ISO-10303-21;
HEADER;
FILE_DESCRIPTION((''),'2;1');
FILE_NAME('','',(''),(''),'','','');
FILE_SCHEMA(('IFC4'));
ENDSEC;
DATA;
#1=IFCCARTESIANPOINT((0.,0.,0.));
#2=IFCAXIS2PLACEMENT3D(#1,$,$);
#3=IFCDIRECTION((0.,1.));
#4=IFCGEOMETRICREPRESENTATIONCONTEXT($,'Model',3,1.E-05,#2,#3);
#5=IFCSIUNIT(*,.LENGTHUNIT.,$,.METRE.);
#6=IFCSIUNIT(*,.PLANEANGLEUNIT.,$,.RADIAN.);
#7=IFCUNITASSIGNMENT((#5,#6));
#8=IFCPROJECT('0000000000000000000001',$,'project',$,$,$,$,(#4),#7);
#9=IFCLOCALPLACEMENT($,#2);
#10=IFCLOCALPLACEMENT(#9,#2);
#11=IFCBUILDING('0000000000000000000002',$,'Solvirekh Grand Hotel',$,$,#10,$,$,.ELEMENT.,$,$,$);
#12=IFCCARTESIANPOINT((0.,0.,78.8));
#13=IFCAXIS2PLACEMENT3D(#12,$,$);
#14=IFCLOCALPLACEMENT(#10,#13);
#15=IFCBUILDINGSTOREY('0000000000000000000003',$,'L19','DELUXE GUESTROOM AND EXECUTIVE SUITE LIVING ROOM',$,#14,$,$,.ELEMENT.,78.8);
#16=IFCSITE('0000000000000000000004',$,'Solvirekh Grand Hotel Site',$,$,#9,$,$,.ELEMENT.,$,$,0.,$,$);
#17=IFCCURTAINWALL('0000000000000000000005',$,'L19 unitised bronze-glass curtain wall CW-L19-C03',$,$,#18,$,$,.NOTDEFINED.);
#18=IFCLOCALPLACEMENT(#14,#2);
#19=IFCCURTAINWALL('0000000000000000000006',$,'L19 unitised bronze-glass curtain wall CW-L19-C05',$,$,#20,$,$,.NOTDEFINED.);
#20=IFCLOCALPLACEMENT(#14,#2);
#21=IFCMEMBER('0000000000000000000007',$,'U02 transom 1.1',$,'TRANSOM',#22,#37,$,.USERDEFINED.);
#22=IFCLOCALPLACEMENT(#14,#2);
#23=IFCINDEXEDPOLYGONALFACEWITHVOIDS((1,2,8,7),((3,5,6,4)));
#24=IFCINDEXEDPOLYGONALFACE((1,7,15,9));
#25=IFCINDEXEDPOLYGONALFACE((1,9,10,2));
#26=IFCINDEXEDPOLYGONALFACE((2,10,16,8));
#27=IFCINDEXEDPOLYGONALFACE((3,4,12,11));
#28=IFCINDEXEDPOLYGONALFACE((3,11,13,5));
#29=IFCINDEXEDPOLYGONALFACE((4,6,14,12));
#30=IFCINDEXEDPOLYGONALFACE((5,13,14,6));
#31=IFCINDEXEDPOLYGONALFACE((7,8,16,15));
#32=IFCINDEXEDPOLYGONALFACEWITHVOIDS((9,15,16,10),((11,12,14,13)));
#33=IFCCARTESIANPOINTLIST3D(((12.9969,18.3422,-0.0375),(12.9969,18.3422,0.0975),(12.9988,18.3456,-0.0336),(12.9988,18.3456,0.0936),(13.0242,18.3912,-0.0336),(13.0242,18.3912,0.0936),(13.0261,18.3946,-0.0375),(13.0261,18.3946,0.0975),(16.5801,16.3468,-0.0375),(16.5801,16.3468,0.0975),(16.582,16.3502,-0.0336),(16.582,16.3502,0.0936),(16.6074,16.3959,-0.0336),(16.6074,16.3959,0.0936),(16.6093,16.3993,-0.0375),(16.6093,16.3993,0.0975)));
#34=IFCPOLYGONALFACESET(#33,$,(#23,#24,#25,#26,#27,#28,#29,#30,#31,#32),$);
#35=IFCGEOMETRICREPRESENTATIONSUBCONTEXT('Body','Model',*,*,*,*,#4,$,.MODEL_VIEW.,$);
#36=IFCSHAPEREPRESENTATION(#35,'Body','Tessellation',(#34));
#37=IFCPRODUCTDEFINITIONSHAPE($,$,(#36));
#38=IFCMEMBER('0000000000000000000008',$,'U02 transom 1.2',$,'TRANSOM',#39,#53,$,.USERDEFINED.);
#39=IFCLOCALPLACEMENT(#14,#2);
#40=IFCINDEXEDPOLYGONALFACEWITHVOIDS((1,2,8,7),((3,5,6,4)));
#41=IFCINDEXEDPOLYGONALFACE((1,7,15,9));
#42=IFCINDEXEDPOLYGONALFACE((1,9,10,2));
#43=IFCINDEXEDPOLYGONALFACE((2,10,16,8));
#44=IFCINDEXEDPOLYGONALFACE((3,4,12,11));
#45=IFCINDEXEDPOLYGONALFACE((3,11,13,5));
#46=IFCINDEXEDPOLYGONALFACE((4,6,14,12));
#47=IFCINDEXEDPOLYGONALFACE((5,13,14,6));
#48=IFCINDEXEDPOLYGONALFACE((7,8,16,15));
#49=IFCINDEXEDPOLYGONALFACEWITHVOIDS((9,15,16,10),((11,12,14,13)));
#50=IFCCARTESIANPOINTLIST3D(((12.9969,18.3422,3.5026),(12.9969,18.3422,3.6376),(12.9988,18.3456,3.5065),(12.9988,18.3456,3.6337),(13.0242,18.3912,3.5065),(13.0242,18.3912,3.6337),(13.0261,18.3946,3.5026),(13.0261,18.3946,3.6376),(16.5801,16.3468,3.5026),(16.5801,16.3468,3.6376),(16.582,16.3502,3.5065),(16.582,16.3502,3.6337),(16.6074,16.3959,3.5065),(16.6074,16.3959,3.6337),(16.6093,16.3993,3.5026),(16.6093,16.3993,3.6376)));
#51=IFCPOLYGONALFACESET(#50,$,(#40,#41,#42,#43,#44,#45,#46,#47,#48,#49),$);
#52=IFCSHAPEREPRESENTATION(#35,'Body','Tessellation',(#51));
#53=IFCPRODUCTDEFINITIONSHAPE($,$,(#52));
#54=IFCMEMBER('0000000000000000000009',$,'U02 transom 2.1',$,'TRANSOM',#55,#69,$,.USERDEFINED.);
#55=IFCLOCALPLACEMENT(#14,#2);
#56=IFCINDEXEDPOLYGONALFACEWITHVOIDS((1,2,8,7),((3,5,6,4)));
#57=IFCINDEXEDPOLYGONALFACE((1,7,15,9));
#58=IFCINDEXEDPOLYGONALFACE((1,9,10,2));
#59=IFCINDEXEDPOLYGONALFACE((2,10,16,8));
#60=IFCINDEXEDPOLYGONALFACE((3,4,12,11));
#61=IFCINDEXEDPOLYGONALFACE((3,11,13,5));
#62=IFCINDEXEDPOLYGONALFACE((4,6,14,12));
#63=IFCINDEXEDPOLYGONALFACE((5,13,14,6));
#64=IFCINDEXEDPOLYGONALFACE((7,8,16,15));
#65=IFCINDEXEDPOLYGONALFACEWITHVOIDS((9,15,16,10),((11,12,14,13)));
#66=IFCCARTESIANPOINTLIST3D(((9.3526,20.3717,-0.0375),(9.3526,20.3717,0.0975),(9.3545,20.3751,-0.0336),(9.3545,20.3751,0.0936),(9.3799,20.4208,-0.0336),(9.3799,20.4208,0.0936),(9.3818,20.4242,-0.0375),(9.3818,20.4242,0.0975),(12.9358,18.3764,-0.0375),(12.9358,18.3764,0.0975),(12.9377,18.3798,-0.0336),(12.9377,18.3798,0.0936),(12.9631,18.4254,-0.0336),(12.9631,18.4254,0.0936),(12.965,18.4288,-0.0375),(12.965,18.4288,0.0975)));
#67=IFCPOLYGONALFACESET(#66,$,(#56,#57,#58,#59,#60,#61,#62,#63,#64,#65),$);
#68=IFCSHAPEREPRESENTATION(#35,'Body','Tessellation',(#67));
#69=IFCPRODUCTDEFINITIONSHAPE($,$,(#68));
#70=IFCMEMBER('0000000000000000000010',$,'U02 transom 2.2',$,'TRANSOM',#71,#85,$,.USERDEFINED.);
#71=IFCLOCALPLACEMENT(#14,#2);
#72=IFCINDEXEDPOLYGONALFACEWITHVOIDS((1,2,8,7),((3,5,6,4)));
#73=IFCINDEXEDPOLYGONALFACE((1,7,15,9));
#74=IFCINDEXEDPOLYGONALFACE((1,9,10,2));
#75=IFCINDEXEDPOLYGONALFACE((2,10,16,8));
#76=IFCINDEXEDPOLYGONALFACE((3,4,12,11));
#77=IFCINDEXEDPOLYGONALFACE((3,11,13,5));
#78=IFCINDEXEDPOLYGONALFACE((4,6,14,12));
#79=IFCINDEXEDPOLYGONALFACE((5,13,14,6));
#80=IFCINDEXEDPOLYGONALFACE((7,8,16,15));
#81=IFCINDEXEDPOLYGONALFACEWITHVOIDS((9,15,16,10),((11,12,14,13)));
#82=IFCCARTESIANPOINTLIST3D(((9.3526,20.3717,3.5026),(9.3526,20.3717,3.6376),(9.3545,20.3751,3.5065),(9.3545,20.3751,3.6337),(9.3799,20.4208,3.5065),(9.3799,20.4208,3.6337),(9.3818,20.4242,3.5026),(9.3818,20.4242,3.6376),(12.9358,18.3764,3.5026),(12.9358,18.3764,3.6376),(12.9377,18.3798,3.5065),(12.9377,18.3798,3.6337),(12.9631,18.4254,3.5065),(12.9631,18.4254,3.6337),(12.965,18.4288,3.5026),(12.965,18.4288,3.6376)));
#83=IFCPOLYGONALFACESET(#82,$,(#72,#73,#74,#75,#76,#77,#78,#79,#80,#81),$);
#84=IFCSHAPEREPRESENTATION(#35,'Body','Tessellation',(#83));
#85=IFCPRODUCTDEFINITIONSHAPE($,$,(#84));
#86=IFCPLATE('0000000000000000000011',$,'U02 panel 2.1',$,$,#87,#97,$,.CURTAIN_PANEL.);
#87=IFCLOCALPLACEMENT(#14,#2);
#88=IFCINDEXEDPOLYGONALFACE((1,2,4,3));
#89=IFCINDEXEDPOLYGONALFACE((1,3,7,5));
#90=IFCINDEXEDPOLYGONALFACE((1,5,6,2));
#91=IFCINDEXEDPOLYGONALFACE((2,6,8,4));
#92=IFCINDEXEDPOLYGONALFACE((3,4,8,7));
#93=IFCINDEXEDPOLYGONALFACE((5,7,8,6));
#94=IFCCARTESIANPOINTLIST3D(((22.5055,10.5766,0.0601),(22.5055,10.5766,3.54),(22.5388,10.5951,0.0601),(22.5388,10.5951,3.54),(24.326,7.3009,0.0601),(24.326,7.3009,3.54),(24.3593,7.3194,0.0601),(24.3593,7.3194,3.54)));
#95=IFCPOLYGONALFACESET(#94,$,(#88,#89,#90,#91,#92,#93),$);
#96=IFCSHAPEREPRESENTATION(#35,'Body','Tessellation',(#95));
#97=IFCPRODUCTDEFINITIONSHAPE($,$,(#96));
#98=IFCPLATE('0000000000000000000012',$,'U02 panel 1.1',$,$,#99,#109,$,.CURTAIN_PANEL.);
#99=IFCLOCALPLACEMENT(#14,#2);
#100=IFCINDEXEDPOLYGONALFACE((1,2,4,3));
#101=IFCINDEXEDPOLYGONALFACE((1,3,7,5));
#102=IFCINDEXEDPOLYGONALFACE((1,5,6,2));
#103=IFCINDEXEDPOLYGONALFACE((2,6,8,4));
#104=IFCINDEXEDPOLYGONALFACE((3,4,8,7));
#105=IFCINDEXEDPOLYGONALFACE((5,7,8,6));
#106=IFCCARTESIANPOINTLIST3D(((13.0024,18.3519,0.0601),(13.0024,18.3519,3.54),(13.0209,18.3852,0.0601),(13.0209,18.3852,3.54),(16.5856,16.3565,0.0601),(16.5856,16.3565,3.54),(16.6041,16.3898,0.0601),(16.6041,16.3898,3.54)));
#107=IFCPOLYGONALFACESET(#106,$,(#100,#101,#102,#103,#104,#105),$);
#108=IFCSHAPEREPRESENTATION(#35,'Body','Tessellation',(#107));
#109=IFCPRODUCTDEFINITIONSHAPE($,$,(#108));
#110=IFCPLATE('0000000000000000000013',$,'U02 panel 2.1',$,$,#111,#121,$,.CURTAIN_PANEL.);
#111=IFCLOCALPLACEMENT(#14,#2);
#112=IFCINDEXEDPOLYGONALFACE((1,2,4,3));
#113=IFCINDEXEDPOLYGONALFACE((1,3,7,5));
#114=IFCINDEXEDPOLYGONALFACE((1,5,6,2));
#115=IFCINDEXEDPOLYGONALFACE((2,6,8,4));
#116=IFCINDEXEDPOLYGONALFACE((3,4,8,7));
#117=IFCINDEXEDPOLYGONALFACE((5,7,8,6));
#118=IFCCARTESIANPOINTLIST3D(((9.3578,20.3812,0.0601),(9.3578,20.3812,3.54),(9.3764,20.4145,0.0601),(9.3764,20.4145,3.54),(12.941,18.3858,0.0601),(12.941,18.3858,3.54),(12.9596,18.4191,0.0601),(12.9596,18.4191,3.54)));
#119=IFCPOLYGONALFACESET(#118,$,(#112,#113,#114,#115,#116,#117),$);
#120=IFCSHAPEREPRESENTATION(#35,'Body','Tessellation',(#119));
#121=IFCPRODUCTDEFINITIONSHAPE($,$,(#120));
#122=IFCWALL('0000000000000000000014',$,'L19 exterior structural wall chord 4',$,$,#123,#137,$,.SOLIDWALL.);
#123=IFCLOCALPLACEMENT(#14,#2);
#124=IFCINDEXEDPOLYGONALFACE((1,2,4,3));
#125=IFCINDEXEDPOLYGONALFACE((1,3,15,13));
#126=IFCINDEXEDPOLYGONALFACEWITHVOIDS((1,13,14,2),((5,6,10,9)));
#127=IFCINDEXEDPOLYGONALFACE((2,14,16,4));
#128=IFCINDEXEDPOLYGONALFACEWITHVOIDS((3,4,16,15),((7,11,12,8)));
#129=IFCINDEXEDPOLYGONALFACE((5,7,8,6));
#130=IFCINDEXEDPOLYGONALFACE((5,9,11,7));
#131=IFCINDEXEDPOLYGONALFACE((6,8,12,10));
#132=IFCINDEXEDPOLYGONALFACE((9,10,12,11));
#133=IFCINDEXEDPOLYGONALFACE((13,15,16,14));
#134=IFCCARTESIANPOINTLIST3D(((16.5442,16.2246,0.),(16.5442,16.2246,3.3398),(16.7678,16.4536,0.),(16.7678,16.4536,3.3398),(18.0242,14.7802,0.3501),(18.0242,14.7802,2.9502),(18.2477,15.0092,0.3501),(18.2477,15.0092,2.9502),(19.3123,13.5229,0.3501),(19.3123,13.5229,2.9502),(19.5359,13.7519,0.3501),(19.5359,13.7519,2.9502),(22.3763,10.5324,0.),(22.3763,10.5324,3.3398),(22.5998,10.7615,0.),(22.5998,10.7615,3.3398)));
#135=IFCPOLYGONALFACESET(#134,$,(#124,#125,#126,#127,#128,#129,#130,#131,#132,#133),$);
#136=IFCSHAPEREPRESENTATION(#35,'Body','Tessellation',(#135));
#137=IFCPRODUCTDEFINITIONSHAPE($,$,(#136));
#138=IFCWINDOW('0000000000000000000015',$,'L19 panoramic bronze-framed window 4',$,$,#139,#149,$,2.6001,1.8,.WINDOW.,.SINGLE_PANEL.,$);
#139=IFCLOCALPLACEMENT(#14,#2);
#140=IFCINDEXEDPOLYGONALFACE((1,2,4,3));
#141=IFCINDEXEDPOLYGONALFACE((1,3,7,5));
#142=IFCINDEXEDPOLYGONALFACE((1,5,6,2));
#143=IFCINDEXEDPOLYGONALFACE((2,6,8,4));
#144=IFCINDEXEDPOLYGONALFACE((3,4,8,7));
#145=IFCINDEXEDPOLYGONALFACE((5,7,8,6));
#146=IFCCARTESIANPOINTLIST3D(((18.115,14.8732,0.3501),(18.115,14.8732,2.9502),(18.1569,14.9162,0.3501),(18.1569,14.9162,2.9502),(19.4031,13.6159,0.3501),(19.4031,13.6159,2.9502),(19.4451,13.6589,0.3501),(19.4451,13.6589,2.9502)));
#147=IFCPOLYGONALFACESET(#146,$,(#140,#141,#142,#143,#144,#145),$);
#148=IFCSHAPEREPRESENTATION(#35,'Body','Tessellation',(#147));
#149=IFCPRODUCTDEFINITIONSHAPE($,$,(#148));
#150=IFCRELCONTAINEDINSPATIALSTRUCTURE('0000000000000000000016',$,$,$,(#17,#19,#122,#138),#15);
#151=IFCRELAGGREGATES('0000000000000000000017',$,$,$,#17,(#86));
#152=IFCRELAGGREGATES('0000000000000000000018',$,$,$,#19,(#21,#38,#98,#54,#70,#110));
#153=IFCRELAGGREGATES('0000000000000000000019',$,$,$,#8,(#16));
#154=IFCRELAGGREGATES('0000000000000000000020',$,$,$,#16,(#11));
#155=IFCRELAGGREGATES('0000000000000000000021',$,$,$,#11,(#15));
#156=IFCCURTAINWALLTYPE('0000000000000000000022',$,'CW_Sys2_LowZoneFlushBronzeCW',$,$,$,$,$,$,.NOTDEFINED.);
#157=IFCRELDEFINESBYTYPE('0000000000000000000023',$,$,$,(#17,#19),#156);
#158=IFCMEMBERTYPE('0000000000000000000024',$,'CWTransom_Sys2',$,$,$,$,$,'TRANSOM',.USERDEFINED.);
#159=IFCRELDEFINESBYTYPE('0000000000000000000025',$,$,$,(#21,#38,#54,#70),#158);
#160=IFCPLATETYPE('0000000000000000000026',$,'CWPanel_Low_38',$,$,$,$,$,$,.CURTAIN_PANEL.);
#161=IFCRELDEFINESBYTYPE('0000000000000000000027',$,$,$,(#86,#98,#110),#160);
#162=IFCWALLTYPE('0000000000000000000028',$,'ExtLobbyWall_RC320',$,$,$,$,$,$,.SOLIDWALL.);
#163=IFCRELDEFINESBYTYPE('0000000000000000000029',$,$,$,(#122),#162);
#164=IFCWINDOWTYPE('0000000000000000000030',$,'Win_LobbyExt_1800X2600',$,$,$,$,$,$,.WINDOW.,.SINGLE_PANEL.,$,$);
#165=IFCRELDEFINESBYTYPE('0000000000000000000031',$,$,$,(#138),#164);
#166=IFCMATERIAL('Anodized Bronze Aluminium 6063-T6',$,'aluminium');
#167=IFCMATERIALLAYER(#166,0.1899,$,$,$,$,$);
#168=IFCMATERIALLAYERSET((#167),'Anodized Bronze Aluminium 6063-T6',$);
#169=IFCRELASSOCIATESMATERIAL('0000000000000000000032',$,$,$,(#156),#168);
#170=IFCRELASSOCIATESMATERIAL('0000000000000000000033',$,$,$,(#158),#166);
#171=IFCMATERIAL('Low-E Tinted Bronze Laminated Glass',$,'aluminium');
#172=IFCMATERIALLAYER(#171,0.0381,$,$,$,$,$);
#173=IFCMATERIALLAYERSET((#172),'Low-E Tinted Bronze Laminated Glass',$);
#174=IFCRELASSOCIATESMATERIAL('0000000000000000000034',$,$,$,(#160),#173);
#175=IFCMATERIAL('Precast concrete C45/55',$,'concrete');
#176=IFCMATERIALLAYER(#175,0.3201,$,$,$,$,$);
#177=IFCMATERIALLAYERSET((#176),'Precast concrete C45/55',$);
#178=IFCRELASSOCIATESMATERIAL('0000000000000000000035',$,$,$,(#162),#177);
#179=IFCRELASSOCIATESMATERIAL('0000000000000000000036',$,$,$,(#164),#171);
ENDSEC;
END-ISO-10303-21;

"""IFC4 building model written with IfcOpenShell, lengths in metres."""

from ifc_helpers import new_model, si_unit, direction, frame, frame_2d, origin, origin_2d, place, context, subcontext, project, spatial, rectangle, hollow_rectangle, extrude, source, transform, mapped, material, layer, layer_set, material_profile, profile_set, type_object, element, fill, aggregate, save


model = new_model("IFC4")

# Units and contexts
model_context = context("Model", 3, precision=1e-05, world=origin(), true_north=direction((0.0, 1.0)))
body_context = subcontext(model_context, "Body", "Model", "MODEL_VIEW")
ifc_project = project(units=[si_unit("LENGTHUNIT", "METRE"), si_unit("PLANEANGLEUNIT", "RADIAN")], contexts=[model_context])

# Site, building, storey
site_placement = place(None, origin())
site = spatial("IfcSite", under=ifc_project, at=site_placement, Name="Solvirekh Grand Hotel Site", CompositionType="ELEMENT", RefElevation=0.0)
building_placement = place(site_placement, origin())
building = spatial("IfcBuilding", under=site, at=building_placement, Name="Solvirekh Grand Hotel", CompositionType="ELEMENT")
storey_placement = place(building_placement, frame((0.0, 0.0, 78.8)))
storey = spatial("IfcBuildingStorey", under=building, at=storey_placement, Name="L19", Description="DELUXE GUESTROOM AND EXECUTIVE SUITE LIVING ROOM", CompositionType="ELEMENT", Elevation=78.8)

# Curtain walls, members
ifc_material_1 = material(Name="Anodized Bronze Aluminium 6063-T6", Category="aluminium")
ifc_layer_1 = layer(ifc_material_1, 0.1899)
ifc_layer_set_1 = layer_set([ifc_layer_1], Name="Anodized Bronze Aluminium 6063-T6")
curtain_wall_type = type_object("IfcCurtainWallType", Name="CW_Sys2_LowZoneFlushBronzeCW", PredefinedType="NOTDEFINED", material=ifc_layer_set_1)
curtain_wall_1_placement = place(storey_placement, origin())
curtain_wall_1 = element("IfcCurtainWall", 1, at=curtain_wall_1_placement, inside=storey, type_object=curtain_wall_type, Name="L19 unitised bronze-glass curtain wall CW-L19-C03", PredefinedType="NOTDEFINED")
ifc_material_profile_1 = material_profile(ifc_material_1, hollow_rectangle(XDim=0.0601, YDim=0.135, WallThickness=0.0039, at=origin_2d()), Name="ALU RHS 135X60X4")
ifc_profile_set_1 = profile_set([ifc_material_profile_1], Name="Anodized Bronze Aluminium 6063-T6")
member_type_1 = type_object("IfcMemberType", Name="CWTransom_Sys2", ElementType="TRANSOM", PredefinedType="USERDEFINED", material=ifc_profile_set_1)
curtain_wall_2_placement = place(storey_placement, origin())
curtain_wall_2 = element("IfcCurtainWall", 2, at=curtain_wall_2_placement, inside=storey, type_object=curtain_wall_type, Name="L19 unitised bronze-glass curtain wall CW-L19-C05", PredefinedType="NOTDEFINED")
shared_shape_1 = source(origin(), body_context, "Body", "SweptSolid", [
    extrude(hollow_rectangle(XDim=0.0601, YDim=0.135, WallThickness=0.0039, at=origin_2d()), origin(), (0.0, 0.0, 1.0), 4.1013),
])
member_1_placement = place(storey_placement, frame((16.5947, 16.373, 0.03), z_axis=(-0.873674, 0.486512, 0.0), x_axis=(-0.486512, -0.873674, 0.0)))
member_1 = element("IfcMember", 3, at=member_1_placement, type_object=member_type_1, Name="U02 transom 1.1", ObjectType="TRANSOM", PredefinedType="USERDEFINED", context=body_context, shape_type="MappedRepresentation", body=[
    mapped(shared_shape_1, transform((0.0, 0.0, 0.0), x_axis=(1.0, 0.0, 0.0), y_axis=(0.0, 1.0, 0.0), z_axis=(0.0, 0.0, 1.0), scale=1.0)),
])
member_2_placement = place(storey_placement, frame((16.5947, 16.373, 3.5701), z_axis=(-0.873674, 0.486512, 0.0), x_axis=(-0.486512, -0.873674, 0.0)))
member_2 = element("IfcMember", 4, at=member_2_placement, type_object=member_type_1, Name="U02 transom 1.2", ObjectType="TRANSOM", PredefinedType="USERDEFINED", context=body_context, shape_type="MappedRepresentation", body=[
    mapped(shared_shape_1, transform((0.0, 0.0, 0.0), x_axis=(1.0, 0.0, 0.0), y_axis=(0.0, 1.0, 0.0), z_axis=(0.0, 0.0, 1.0), scale=1.0)),
])
member_3_placement = place(storey_placement, frame((12.9504, 18.4026, 0.03), z_axis=(-0.873674, 0.486512, 0.0), x_axis=(-0.486512, -0.873674, 0.0)))
member_3 = element("IfcMember", 5, at=member_3_placement, type_object=member_type_1, Name="U02 transom 2.1", ObjectType="TRANSOM", PredefinedType="USERDEFINED", context=body_context, shape_type="MappedRepresentation", body=[
    mapped(shared_shape_1, transform((0.0, 0.0, 0.0), x_axis=(1.0, 0.0, 0.0), y_axis=(0.0, 1.0, 0.0), z_axis=(0.0, 0.0, 1.0), scale=1.0)),
])
member_4_placement = place(storey_placement, frame((12.9504, 18.4026, 3.5701), z_axis=(-0.873674, 0.486512, 0.0), x_axis=(-0.486512, -0.873674, 0.0)))
member_4 = element("IfcMember", 6, at=member_4_placement, type_object=member_type_1, Name="U02 transom 2.2", ObjectType="TRANSOM", PredefinedType="USERDEFINED", context=body_context, shape_type="MappedRepresentation", body=[
    mapped(shared_shape_1, transform((0.0, 0.0, 0.0), x_axis=(1.0, 0.0, 0.0), y_axis=(0.0, 1.0, 0.0), z_axis=(0.0, 0.0, 1.0), scale=1.0)),
])

# Plates
ifc_material_2 = material(Name="Low-E Tinted Bronze Laminated Glass", Category="aluminium")
ifc_layer_2 = layer(ifc_material_2, 0.0381)
ifc_layer_set_2 = layer_set([ifc_layer_2], Name="Low-E Tinted Bronze Laminated Glass")
plate_type = type_object("IfcPlateType", Name="CWPanel_Low_38", PredefinedType="CURTAIN_PANEL", material=ifc_layer_set_2)
shared_shape_2 = source(origin(), body_context, "Body", "SweptSolid", [
    extrude(rectangle(XDim=3.7476, YDim=0.0381, at=origin_2d()), origin(), (0.0, 0.0, 1.0), 3.48),
])
plate_1_placement = place(storey_placement, frame((23.4324, 8.948, 0.0601), z_axis=(0.0, 0.0, 1.0), x_axis=(-0.485775, 0.874084, 0.0)))
plate_1 = element("IfcPlate", 7, at=plate_1_placement, type_object=plate_type, Name="U02 panel 2.1", PredefinedType="CURTAIN_PANEL", context=body_context, shape_type="MappedRepresentation", body=[
    mapped(shared_shape_2, transform((0.0, 0.0, 0.0), x_axis=(1.0, 0.0, 0.0), y_axis=(0.0, 1.0, 0.0), z_axis=(0.0, 0.0, 1.0), scale=1.0)),
])
aggregate(curtain_wall_1, [plate_1])
shared_shape_3 = source(origin(), body_context, "Body", "SweptSolid", [
    extrude(rectangle(XDim=4.1013, YDim=0.0381, at=origin_2d()), origin(), (0.0, 0.0, 1.0), 3.48),
])
plate_2_placement = place(storey_placement, frame((14.8032, 17.3708, 0.0601), z_axis=(0.0, 0.0, 1.0), x_axis=(-0.873669, 0.486521, 0.0)))
plate_2 = element("IfcPlate", 8, at=plate_2_placement, type_object=plate_type, Name="U02 panel 1.1", PredefinedType="CURTAIN_PANEL", context=body_context, shape_type="MappedRepresentation", body=[
    mapped(shared_shape_3, transform((0.0, 0.0, 0.0), x_axis=(1.0, 0.0, 0.0), y_axis=(0.0, 1.0, 0.0), z_axis=(0.0, 0.0, 1.0), scale=1.0)),
])
plate_3_placement = place(storey_placement, frame((11.1587, 19.4001, 0.0601), z_axis=(0.0, 0.0, 1.0), x_axis=(-0.873669, 0.486521, 0.0)))
plate_3 = element("IfcPlate", 9, at=plate_3_placement, type_object=plate_type, Name="U02 panel 2.1", PredefinedType="CURTAIN_PANEL", context=body_context, shape_type="MappedRepresentation", body=[
    mapped(shared_shape_3, transform((0.0, 0.0, 0.0), x_axis=(1.0, 0.0, 0.0), y_axis=(0.0, 1.0, 0.0), z_axis=(0.0, 0.0, 1.0), scale=1.0)),
])
aggregate(curtain_wall_2, [member_1, member_2, plate_2, member_3, member_4, plate_3])

# Wall, opening, window
ifc_material_3 = material(Name="Precast concrete C45/55", Category="concrete")
ifc_layer_3 = layer(ifc_material_3, 0.3201)
ifc_layer_set_3 = layer_set([ifc_layer_3], Name="Precast concrete C45/55")
wall_type_1 = type_object("IfcWallType", Name="ExtLobbyWall_RC320", PredefinedType="SOLIDWALL", material=ifc_layer_set_3)
wall_1_placement = place(storey_placement, frame((16.656, 16.3391, 0.0), z_axis=(0.0, 0.0, 1.0), x_axis=(0.715638, -0.698472, 0.0)))
wall_1 = element("IfcWall", 10, at=wall_1_placement, inside=storey, type_object=wall_type_1, Name="L19 exterior structural wall chord 4", PredefinedType="SOLIDWALL", context=body_context, shape_type="SweptSolid", body=[
    extrude(rectangle(XDim=8.1494, YDim=0.3201, at=frame_2d((4.0747, 0.0))), origin(), (0.0, 0.0, 1.0), 3.3398),
])
opening_1_placement = place(wall_1_placement, frame((2.0681, 0.0, 0.3501)))
opening_1 = element("IfcOpeningElement", 11, at=opening_1_placement, cuts=wall_1, PredefinedType="OPENING", context=body_context, shape_type="SweptSolid", body=[
    extrude(rectangle(XDim=1.8, YDim=2.6001, at=frame_2d((0.8999, 1.3))), frame((0.0, 0.1699, 0.0), z_axis=(0.0, -1.0, 0.0), x_axis=(1.0, 0.0, 0.0)), (0.0, 0.0, 1.0), 0.3401),
])
window_type = type_object("IfcWindowType", Name="Win_LobbyExt_1800X2600", PartitioningType="SINGLE_PANEL", PredefinedType="WINDOW", material=ifc_material_2)
window_placement = place(opening_1_placement, origin())
window = element("IfcWindow", 12, at=window_placement, inside=storey, type_object=window_type, Name="L19 panoramic bronze-framed window 4", OverallHeight=2.6001, OverallWidth=1.8, PartitioningType="SINGLE_PANEL", PredefinedType="WINDOW", context=body_context, shape_type="SweptSolid", body=[
    extrude(rectangle(XDim=1.8, YDim=2.6001, at=frame_2d((0.8999, 1.3))), frame((0.0, 0.03, 0.0), z_axis=(0.0, -1.0, 0.0), x_axis=(1.0, 0.0, 0.0)), (0.0, 0.0, 1.0), 0.0601),
])
fill(opening_1, window)

save(model, "model.ifc")
